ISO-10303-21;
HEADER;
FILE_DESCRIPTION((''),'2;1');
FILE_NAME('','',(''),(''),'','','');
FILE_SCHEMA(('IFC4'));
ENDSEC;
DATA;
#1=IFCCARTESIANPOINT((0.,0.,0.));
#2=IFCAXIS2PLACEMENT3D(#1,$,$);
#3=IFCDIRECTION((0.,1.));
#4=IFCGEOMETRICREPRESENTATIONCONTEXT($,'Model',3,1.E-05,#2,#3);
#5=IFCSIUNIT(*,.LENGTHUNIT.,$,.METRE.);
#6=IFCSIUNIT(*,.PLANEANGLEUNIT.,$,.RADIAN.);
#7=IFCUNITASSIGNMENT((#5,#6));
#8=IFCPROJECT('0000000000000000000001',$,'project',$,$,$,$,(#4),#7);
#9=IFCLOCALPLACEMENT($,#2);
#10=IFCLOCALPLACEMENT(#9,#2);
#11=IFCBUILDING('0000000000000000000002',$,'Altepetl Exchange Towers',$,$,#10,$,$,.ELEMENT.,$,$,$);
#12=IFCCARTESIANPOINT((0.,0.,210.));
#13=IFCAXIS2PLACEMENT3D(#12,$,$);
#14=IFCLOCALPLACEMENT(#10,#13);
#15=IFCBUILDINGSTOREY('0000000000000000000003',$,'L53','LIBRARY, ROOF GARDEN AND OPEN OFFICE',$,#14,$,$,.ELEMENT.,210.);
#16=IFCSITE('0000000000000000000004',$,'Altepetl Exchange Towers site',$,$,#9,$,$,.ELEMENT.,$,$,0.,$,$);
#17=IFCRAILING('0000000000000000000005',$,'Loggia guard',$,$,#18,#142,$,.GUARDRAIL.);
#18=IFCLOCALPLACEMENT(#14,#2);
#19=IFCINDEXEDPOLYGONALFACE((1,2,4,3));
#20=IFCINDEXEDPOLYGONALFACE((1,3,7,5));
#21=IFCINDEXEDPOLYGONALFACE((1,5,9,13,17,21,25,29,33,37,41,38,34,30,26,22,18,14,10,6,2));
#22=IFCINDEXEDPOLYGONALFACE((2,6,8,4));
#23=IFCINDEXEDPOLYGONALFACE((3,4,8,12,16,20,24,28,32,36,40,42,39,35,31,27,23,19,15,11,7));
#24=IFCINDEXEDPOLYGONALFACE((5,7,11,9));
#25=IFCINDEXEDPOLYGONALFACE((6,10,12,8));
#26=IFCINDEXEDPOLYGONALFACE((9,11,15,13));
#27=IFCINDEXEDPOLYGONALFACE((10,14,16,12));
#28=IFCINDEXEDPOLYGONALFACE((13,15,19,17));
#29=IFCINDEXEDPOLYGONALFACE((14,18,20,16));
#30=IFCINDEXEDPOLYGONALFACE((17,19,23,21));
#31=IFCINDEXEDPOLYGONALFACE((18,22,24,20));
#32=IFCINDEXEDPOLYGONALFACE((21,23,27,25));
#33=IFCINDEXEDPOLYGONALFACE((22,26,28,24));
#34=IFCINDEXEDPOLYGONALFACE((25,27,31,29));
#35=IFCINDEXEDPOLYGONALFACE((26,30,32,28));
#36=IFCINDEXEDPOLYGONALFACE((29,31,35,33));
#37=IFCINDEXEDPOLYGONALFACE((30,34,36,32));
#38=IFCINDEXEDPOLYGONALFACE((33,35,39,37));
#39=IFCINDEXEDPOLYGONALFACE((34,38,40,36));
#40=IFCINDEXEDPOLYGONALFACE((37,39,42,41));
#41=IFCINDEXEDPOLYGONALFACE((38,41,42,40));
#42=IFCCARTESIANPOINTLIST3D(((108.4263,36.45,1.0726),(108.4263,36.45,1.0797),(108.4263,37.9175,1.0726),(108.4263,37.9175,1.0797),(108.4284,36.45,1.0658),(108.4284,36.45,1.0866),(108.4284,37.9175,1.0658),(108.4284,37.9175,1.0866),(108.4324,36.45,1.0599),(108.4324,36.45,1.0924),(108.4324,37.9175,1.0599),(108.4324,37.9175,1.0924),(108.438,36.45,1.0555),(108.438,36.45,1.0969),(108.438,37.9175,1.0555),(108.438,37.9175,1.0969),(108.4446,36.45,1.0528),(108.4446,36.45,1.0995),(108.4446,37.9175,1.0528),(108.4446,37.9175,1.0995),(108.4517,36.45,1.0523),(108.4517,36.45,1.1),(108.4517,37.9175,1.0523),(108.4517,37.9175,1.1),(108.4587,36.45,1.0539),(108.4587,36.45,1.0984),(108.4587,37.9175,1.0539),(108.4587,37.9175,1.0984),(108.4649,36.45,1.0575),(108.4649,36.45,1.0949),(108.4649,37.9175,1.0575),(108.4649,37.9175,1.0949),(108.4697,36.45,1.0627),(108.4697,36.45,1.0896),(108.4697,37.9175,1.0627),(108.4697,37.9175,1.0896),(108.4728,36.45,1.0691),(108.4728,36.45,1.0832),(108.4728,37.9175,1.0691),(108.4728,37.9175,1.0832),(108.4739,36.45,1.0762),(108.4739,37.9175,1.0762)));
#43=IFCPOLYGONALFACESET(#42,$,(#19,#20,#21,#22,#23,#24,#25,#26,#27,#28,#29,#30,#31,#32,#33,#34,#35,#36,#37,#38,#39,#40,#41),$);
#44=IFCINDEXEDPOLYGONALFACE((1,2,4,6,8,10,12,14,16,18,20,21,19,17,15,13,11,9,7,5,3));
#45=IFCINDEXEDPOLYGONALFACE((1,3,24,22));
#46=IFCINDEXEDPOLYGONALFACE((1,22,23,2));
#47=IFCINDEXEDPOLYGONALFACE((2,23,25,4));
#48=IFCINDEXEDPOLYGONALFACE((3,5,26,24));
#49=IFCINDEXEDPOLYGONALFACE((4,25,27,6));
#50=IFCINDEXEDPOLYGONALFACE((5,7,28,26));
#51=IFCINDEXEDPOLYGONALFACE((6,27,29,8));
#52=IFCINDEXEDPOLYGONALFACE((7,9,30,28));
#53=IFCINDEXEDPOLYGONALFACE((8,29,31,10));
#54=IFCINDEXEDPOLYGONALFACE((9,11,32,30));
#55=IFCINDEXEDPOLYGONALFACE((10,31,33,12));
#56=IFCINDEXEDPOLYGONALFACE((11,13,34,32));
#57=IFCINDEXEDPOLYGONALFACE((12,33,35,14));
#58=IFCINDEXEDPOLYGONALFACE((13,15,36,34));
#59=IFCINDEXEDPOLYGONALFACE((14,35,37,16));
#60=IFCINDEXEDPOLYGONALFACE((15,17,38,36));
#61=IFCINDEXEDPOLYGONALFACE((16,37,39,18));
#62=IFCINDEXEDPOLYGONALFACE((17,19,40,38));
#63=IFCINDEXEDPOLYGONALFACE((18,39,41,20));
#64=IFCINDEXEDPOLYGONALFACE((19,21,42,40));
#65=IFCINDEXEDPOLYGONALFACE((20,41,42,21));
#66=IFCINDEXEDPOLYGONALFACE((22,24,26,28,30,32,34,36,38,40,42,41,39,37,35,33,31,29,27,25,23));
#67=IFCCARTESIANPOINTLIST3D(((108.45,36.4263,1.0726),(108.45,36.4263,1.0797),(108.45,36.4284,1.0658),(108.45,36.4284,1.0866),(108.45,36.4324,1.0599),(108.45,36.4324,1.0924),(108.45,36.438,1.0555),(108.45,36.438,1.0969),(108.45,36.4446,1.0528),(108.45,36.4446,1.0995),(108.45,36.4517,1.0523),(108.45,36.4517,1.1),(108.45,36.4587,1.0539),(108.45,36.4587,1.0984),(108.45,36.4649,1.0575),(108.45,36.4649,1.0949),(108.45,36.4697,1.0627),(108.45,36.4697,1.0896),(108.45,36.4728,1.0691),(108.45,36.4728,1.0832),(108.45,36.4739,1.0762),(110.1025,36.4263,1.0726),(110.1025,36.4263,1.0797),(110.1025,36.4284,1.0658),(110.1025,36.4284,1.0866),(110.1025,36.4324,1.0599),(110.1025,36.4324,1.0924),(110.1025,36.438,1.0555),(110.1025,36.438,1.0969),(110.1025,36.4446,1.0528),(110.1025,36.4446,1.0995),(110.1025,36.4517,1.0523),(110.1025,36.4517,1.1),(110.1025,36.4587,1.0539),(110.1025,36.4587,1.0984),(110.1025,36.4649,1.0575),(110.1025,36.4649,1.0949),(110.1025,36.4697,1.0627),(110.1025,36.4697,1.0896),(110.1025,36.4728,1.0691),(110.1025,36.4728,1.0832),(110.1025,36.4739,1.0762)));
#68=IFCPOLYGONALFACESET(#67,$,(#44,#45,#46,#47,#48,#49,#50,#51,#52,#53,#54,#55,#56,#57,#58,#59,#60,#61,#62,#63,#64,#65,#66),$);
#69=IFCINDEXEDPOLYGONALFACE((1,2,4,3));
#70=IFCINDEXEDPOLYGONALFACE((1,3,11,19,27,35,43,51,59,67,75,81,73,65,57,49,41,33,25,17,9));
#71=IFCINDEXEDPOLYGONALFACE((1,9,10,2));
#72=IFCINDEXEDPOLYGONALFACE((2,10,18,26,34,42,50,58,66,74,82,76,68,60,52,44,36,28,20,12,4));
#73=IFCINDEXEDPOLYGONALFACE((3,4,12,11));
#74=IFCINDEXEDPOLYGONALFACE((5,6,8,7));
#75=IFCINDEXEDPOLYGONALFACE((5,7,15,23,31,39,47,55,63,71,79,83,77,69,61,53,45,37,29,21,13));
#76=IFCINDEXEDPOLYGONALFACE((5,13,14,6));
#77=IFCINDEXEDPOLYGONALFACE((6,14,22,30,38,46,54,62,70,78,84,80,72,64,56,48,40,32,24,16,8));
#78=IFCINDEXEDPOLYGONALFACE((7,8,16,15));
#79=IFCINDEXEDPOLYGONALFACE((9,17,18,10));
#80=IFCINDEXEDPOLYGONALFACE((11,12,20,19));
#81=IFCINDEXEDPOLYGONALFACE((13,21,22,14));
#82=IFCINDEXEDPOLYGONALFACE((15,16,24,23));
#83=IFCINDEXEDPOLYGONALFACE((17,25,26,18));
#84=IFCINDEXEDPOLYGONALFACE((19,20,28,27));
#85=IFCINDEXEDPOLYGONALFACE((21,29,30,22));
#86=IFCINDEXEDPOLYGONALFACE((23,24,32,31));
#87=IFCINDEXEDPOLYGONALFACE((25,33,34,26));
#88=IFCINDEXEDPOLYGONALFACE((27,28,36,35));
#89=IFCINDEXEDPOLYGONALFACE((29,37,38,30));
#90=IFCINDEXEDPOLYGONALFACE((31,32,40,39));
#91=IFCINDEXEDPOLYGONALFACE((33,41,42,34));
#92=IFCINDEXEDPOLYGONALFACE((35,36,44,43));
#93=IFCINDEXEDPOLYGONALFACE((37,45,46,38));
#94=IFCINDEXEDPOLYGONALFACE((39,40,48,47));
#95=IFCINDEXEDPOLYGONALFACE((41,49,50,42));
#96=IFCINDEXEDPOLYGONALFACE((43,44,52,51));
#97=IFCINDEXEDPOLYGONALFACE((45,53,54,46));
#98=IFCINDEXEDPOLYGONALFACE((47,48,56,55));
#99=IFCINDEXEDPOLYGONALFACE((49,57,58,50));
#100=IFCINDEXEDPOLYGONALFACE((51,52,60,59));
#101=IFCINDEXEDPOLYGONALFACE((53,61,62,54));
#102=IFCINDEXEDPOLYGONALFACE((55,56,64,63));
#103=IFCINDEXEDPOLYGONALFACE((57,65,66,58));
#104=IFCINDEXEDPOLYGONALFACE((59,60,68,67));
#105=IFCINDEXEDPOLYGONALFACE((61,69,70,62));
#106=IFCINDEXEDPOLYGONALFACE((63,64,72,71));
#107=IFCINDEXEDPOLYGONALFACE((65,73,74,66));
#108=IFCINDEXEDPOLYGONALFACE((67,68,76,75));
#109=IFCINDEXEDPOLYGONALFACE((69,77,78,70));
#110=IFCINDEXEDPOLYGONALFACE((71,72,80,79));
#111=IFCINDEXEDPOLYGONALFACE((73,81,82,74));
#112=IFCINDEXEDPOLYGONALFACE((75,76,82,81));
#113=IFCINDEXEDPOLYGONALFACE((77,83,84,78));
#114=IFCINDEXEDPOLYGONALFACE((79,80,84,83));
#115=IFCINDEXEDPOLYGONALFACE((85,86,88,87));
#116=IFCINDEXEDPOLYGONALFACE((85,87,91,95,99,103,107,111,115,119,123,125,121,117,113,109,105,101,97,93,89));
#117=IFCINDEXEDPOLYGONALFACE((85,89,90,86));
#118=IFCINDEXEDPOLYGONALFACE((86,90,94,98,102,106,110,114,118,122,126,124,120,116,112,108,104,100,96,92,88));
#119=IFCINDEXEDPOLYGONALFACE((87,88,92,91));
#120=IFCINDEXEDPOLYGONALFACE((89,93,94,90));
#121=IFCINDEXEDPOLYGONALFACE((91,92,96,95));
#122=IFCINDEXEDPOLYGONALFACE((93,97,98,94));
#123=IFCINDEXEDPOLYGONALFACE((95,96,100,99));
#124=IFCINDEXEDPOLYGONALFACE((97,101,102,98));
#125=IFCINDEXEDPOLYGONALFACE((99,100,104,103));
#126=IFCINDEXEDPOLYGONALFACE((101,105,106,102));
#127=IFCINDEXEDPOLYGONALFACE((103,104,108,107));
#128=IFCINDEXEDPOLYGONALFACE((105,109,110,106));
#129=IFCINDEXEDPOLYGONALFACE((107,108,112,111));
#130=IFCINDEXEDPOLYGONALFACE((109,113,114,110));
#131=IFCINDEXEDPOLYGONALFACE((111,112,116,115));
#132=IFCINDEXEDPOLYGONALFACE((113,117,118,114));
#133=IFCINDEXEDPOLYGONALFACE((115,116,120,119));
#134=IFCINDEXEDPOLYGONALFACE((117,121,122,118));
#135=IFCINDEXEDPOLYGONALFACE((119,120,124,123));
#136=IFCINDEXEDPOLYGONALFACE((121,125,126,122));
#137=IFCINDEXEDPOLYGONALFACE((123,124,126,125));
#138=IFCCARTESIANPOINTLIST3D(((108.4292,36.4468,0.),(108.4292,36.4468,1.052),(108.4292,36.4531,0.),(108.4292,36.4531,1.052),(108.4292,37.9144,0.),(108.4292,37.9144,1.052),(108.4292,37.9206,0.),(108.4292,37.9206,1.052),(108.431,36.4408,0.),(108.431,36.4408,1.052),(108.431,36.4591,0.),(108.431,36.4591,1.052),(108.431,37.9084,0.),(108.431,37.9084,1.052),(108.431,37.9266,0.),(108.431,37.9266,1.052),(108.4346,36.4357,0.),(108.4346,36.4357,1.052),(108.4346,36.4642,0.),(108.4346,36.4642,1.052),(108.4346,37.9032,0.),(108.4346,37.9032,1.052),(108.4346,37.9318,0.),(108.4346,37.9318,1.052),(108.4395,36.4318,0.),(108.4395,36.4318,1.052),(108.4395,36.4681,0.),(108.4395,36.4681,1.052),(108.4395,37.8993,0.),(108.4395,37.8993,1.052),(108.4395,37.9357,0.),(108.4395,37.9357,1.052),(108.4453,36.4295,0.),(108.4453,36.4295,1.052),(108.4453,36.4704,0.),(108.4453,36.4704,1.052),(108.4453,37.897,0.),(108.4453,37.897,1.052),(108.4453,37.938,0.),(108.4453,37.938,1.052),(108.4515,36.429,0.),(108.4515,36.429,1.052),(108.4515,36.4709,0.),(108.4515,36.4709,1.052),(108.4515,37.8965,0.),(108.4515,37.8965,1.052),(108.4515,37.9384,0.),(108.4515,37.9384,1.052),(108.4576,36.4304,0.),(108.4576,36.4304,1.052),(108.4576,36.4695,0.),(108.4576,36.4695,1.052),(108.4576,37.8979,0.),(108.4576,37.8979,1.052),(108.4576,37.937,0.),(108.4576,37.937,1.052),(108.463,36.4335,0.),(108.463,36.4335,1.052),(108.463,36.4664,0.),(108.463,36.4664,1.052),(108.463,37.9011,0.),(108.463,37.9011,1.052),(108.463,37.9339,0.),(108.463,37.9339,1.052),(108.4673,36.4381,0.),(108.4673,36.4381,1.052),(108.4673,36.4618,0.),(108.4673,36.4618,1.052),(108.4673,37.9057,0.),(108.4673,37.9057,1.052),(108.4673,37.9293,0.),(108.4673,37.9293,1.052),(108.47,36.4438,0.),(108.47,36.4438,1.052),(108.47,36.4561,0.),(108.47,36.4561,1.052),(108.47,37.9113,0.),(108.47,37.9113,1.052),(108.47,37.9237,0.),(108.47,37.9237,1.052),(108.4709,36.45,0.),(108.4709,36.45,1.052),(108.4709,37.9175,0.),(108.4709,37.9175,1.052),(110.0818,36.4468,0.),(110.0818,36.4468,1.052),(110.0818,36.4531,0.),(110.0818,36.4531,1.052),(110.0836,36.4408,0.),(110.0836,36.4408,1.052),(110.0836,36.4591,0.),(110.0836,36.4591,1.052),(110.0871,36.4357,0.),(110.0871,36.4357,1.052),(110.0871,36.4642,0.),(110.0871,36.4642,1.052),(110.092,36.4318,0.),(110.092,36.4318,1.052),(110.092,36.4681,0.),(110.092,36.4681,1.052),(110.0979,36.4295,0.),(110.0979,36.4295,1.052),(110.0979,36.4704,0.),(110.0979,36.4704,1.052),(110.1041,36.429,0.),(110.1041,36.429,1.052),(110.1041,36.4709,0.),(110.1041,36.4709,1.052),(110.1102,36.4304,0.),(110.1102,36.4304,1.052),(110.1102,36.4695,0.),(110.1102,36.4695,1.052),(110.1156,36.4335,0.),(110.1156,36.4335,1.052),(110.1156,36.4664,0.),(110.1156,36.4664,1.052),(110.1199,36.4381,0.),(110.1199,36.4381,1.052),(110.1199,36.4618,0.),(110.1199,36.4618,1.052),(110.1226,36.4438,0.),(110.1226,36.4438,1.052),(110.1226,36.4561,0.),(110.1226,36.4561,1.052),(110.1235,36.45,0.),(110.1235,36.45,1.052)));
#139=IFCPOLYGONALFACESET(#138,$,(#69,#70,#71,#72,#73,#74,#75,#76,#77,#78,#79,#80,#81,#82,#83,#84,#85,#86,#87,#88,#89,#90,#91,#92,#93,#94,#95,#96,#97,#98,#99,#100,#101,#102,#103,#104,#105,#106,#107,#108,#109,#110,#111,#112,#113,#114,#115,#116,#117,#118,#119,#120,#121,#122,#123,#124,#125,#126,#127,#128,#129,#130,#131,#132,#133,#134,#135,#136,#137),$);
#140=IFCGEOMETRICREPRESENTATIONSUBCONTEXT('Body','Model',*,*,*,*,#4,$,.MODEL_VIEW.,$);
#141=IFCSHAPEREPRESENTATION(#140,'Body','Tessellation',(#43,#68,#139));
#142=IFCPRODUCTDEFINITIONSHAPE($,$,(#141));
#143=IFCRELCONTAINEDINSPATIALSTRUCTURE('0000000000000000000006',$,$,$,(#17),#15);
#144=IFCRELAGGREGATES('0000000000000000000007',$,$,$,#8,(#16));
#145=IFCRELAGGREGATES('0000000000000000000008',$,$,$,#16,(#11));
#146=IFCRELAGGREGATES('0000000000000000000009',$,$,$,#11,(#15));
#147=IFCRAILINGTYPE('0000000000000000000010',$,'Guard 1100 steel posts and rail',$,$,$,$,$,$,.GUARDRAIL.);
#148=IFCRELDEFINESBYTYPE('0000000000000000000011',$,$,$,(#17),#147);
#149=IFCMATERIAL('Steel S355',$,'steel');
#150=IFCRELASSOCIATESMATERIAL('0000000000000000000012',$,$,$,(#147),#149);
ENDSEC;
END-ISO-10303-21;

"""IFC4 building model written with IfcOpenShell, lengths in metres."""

from ifc_helpers import new_model, si_unit, direction, frame, origin, origin_2d, place, context, subcontext, project, spatial, circle, extrude, source, transform, mapped, material, type_object, element, save


model = new_model("IFC4")

# Units and contexts
model_context = context("Model", 3, precision=1e-05, world=origin(), true_north=direction((0.0, 1.0)))
body_context = subcontext(model_context, "Body", "Model", "MODEL_VIEW")
ifc_project = project(units=[si_unit("LENGTHUNIT", "METRE"), si_unit("PLANEANGLEUNIT", "RADIAN")], contexts=[model_context])

# Site, building, storey
site_placement = place(None, origin())
site = spatial("IfcSite", under=ifc_project, at=site_placement, Name="Altepetl Exchange Towers site", CompositionType="ELEMENT", RefElevation=0.0)
building_placement = place(site_placement, origin())
building = spatial("IfcBuilding", under=site, at=building_placement, Name="Altepetl Exchange Towers", CompositionType="ELEMENT")
storey_placement = place(building_placement, frame((0.0, 0.0, 210.0)))
storey = spatial("IfcBuildingStorey", under=building, at=storey_placement, Name="L53", Description="LIBRARY, ROOF GARDEN AND OPEN OFFICE", CompositionType="ELEMENT", Elevation=210.0)

# Shared definitions
ifc_material_1 = material(Name="Steel S355", Category="steel")

# Railing
railing_type = type_object("IfcRailingType", Name="Guard 1100 steel posts and rail", PredefinedType="GUARDRAIL", material=ifc_material_1)
shared_shape = source(origin(), body_context, "Body", "SweptSolid", [
    extrude(circle(Radius=0.021, at=origin_2d()), origin(), (0.0, 0.0, 1.0), 1.052),
])
railing_placement = place(storey_placement, frame((108.45, 37.9175, 0.0)))
element("IfcRailing", 1, at=railing_placement, inside=storey, type_object=railing_type, Name="Loggia guard", PredefinedType="GUARDRAIL", context=body_context, shape_type="SweptSolid", body=[
    extrude(circle(Radius=0.0239, at=origin_2d()), frame((0.0, 0.0, 1.0762), z_axis=(0.0, -1.0, 0.0), x_axis=(1.0, 0.0, 0.0)), (0.0, 0.0, 1.0), 1.4675),
    extrude(circle(Radius=0.0239, at=origin_2d()), frame((0.0, -1.4675, 1.0762), z_axis=(1.0, 0.0, 0.0), x_axis=(0.0, 1.0, 0.0)), (0.0, 0.0, 1.0), 1.6526),
    mapped(shared_shape, transform((0.0, 0.0, 0.0))),
    mapped(shared_shape, transform((0.0, -1.4675, 0.0))),
    mapped(shared_shape, transform((1.6526, -1.4675, 0.0))),
])

save(model, "model.ifc")
